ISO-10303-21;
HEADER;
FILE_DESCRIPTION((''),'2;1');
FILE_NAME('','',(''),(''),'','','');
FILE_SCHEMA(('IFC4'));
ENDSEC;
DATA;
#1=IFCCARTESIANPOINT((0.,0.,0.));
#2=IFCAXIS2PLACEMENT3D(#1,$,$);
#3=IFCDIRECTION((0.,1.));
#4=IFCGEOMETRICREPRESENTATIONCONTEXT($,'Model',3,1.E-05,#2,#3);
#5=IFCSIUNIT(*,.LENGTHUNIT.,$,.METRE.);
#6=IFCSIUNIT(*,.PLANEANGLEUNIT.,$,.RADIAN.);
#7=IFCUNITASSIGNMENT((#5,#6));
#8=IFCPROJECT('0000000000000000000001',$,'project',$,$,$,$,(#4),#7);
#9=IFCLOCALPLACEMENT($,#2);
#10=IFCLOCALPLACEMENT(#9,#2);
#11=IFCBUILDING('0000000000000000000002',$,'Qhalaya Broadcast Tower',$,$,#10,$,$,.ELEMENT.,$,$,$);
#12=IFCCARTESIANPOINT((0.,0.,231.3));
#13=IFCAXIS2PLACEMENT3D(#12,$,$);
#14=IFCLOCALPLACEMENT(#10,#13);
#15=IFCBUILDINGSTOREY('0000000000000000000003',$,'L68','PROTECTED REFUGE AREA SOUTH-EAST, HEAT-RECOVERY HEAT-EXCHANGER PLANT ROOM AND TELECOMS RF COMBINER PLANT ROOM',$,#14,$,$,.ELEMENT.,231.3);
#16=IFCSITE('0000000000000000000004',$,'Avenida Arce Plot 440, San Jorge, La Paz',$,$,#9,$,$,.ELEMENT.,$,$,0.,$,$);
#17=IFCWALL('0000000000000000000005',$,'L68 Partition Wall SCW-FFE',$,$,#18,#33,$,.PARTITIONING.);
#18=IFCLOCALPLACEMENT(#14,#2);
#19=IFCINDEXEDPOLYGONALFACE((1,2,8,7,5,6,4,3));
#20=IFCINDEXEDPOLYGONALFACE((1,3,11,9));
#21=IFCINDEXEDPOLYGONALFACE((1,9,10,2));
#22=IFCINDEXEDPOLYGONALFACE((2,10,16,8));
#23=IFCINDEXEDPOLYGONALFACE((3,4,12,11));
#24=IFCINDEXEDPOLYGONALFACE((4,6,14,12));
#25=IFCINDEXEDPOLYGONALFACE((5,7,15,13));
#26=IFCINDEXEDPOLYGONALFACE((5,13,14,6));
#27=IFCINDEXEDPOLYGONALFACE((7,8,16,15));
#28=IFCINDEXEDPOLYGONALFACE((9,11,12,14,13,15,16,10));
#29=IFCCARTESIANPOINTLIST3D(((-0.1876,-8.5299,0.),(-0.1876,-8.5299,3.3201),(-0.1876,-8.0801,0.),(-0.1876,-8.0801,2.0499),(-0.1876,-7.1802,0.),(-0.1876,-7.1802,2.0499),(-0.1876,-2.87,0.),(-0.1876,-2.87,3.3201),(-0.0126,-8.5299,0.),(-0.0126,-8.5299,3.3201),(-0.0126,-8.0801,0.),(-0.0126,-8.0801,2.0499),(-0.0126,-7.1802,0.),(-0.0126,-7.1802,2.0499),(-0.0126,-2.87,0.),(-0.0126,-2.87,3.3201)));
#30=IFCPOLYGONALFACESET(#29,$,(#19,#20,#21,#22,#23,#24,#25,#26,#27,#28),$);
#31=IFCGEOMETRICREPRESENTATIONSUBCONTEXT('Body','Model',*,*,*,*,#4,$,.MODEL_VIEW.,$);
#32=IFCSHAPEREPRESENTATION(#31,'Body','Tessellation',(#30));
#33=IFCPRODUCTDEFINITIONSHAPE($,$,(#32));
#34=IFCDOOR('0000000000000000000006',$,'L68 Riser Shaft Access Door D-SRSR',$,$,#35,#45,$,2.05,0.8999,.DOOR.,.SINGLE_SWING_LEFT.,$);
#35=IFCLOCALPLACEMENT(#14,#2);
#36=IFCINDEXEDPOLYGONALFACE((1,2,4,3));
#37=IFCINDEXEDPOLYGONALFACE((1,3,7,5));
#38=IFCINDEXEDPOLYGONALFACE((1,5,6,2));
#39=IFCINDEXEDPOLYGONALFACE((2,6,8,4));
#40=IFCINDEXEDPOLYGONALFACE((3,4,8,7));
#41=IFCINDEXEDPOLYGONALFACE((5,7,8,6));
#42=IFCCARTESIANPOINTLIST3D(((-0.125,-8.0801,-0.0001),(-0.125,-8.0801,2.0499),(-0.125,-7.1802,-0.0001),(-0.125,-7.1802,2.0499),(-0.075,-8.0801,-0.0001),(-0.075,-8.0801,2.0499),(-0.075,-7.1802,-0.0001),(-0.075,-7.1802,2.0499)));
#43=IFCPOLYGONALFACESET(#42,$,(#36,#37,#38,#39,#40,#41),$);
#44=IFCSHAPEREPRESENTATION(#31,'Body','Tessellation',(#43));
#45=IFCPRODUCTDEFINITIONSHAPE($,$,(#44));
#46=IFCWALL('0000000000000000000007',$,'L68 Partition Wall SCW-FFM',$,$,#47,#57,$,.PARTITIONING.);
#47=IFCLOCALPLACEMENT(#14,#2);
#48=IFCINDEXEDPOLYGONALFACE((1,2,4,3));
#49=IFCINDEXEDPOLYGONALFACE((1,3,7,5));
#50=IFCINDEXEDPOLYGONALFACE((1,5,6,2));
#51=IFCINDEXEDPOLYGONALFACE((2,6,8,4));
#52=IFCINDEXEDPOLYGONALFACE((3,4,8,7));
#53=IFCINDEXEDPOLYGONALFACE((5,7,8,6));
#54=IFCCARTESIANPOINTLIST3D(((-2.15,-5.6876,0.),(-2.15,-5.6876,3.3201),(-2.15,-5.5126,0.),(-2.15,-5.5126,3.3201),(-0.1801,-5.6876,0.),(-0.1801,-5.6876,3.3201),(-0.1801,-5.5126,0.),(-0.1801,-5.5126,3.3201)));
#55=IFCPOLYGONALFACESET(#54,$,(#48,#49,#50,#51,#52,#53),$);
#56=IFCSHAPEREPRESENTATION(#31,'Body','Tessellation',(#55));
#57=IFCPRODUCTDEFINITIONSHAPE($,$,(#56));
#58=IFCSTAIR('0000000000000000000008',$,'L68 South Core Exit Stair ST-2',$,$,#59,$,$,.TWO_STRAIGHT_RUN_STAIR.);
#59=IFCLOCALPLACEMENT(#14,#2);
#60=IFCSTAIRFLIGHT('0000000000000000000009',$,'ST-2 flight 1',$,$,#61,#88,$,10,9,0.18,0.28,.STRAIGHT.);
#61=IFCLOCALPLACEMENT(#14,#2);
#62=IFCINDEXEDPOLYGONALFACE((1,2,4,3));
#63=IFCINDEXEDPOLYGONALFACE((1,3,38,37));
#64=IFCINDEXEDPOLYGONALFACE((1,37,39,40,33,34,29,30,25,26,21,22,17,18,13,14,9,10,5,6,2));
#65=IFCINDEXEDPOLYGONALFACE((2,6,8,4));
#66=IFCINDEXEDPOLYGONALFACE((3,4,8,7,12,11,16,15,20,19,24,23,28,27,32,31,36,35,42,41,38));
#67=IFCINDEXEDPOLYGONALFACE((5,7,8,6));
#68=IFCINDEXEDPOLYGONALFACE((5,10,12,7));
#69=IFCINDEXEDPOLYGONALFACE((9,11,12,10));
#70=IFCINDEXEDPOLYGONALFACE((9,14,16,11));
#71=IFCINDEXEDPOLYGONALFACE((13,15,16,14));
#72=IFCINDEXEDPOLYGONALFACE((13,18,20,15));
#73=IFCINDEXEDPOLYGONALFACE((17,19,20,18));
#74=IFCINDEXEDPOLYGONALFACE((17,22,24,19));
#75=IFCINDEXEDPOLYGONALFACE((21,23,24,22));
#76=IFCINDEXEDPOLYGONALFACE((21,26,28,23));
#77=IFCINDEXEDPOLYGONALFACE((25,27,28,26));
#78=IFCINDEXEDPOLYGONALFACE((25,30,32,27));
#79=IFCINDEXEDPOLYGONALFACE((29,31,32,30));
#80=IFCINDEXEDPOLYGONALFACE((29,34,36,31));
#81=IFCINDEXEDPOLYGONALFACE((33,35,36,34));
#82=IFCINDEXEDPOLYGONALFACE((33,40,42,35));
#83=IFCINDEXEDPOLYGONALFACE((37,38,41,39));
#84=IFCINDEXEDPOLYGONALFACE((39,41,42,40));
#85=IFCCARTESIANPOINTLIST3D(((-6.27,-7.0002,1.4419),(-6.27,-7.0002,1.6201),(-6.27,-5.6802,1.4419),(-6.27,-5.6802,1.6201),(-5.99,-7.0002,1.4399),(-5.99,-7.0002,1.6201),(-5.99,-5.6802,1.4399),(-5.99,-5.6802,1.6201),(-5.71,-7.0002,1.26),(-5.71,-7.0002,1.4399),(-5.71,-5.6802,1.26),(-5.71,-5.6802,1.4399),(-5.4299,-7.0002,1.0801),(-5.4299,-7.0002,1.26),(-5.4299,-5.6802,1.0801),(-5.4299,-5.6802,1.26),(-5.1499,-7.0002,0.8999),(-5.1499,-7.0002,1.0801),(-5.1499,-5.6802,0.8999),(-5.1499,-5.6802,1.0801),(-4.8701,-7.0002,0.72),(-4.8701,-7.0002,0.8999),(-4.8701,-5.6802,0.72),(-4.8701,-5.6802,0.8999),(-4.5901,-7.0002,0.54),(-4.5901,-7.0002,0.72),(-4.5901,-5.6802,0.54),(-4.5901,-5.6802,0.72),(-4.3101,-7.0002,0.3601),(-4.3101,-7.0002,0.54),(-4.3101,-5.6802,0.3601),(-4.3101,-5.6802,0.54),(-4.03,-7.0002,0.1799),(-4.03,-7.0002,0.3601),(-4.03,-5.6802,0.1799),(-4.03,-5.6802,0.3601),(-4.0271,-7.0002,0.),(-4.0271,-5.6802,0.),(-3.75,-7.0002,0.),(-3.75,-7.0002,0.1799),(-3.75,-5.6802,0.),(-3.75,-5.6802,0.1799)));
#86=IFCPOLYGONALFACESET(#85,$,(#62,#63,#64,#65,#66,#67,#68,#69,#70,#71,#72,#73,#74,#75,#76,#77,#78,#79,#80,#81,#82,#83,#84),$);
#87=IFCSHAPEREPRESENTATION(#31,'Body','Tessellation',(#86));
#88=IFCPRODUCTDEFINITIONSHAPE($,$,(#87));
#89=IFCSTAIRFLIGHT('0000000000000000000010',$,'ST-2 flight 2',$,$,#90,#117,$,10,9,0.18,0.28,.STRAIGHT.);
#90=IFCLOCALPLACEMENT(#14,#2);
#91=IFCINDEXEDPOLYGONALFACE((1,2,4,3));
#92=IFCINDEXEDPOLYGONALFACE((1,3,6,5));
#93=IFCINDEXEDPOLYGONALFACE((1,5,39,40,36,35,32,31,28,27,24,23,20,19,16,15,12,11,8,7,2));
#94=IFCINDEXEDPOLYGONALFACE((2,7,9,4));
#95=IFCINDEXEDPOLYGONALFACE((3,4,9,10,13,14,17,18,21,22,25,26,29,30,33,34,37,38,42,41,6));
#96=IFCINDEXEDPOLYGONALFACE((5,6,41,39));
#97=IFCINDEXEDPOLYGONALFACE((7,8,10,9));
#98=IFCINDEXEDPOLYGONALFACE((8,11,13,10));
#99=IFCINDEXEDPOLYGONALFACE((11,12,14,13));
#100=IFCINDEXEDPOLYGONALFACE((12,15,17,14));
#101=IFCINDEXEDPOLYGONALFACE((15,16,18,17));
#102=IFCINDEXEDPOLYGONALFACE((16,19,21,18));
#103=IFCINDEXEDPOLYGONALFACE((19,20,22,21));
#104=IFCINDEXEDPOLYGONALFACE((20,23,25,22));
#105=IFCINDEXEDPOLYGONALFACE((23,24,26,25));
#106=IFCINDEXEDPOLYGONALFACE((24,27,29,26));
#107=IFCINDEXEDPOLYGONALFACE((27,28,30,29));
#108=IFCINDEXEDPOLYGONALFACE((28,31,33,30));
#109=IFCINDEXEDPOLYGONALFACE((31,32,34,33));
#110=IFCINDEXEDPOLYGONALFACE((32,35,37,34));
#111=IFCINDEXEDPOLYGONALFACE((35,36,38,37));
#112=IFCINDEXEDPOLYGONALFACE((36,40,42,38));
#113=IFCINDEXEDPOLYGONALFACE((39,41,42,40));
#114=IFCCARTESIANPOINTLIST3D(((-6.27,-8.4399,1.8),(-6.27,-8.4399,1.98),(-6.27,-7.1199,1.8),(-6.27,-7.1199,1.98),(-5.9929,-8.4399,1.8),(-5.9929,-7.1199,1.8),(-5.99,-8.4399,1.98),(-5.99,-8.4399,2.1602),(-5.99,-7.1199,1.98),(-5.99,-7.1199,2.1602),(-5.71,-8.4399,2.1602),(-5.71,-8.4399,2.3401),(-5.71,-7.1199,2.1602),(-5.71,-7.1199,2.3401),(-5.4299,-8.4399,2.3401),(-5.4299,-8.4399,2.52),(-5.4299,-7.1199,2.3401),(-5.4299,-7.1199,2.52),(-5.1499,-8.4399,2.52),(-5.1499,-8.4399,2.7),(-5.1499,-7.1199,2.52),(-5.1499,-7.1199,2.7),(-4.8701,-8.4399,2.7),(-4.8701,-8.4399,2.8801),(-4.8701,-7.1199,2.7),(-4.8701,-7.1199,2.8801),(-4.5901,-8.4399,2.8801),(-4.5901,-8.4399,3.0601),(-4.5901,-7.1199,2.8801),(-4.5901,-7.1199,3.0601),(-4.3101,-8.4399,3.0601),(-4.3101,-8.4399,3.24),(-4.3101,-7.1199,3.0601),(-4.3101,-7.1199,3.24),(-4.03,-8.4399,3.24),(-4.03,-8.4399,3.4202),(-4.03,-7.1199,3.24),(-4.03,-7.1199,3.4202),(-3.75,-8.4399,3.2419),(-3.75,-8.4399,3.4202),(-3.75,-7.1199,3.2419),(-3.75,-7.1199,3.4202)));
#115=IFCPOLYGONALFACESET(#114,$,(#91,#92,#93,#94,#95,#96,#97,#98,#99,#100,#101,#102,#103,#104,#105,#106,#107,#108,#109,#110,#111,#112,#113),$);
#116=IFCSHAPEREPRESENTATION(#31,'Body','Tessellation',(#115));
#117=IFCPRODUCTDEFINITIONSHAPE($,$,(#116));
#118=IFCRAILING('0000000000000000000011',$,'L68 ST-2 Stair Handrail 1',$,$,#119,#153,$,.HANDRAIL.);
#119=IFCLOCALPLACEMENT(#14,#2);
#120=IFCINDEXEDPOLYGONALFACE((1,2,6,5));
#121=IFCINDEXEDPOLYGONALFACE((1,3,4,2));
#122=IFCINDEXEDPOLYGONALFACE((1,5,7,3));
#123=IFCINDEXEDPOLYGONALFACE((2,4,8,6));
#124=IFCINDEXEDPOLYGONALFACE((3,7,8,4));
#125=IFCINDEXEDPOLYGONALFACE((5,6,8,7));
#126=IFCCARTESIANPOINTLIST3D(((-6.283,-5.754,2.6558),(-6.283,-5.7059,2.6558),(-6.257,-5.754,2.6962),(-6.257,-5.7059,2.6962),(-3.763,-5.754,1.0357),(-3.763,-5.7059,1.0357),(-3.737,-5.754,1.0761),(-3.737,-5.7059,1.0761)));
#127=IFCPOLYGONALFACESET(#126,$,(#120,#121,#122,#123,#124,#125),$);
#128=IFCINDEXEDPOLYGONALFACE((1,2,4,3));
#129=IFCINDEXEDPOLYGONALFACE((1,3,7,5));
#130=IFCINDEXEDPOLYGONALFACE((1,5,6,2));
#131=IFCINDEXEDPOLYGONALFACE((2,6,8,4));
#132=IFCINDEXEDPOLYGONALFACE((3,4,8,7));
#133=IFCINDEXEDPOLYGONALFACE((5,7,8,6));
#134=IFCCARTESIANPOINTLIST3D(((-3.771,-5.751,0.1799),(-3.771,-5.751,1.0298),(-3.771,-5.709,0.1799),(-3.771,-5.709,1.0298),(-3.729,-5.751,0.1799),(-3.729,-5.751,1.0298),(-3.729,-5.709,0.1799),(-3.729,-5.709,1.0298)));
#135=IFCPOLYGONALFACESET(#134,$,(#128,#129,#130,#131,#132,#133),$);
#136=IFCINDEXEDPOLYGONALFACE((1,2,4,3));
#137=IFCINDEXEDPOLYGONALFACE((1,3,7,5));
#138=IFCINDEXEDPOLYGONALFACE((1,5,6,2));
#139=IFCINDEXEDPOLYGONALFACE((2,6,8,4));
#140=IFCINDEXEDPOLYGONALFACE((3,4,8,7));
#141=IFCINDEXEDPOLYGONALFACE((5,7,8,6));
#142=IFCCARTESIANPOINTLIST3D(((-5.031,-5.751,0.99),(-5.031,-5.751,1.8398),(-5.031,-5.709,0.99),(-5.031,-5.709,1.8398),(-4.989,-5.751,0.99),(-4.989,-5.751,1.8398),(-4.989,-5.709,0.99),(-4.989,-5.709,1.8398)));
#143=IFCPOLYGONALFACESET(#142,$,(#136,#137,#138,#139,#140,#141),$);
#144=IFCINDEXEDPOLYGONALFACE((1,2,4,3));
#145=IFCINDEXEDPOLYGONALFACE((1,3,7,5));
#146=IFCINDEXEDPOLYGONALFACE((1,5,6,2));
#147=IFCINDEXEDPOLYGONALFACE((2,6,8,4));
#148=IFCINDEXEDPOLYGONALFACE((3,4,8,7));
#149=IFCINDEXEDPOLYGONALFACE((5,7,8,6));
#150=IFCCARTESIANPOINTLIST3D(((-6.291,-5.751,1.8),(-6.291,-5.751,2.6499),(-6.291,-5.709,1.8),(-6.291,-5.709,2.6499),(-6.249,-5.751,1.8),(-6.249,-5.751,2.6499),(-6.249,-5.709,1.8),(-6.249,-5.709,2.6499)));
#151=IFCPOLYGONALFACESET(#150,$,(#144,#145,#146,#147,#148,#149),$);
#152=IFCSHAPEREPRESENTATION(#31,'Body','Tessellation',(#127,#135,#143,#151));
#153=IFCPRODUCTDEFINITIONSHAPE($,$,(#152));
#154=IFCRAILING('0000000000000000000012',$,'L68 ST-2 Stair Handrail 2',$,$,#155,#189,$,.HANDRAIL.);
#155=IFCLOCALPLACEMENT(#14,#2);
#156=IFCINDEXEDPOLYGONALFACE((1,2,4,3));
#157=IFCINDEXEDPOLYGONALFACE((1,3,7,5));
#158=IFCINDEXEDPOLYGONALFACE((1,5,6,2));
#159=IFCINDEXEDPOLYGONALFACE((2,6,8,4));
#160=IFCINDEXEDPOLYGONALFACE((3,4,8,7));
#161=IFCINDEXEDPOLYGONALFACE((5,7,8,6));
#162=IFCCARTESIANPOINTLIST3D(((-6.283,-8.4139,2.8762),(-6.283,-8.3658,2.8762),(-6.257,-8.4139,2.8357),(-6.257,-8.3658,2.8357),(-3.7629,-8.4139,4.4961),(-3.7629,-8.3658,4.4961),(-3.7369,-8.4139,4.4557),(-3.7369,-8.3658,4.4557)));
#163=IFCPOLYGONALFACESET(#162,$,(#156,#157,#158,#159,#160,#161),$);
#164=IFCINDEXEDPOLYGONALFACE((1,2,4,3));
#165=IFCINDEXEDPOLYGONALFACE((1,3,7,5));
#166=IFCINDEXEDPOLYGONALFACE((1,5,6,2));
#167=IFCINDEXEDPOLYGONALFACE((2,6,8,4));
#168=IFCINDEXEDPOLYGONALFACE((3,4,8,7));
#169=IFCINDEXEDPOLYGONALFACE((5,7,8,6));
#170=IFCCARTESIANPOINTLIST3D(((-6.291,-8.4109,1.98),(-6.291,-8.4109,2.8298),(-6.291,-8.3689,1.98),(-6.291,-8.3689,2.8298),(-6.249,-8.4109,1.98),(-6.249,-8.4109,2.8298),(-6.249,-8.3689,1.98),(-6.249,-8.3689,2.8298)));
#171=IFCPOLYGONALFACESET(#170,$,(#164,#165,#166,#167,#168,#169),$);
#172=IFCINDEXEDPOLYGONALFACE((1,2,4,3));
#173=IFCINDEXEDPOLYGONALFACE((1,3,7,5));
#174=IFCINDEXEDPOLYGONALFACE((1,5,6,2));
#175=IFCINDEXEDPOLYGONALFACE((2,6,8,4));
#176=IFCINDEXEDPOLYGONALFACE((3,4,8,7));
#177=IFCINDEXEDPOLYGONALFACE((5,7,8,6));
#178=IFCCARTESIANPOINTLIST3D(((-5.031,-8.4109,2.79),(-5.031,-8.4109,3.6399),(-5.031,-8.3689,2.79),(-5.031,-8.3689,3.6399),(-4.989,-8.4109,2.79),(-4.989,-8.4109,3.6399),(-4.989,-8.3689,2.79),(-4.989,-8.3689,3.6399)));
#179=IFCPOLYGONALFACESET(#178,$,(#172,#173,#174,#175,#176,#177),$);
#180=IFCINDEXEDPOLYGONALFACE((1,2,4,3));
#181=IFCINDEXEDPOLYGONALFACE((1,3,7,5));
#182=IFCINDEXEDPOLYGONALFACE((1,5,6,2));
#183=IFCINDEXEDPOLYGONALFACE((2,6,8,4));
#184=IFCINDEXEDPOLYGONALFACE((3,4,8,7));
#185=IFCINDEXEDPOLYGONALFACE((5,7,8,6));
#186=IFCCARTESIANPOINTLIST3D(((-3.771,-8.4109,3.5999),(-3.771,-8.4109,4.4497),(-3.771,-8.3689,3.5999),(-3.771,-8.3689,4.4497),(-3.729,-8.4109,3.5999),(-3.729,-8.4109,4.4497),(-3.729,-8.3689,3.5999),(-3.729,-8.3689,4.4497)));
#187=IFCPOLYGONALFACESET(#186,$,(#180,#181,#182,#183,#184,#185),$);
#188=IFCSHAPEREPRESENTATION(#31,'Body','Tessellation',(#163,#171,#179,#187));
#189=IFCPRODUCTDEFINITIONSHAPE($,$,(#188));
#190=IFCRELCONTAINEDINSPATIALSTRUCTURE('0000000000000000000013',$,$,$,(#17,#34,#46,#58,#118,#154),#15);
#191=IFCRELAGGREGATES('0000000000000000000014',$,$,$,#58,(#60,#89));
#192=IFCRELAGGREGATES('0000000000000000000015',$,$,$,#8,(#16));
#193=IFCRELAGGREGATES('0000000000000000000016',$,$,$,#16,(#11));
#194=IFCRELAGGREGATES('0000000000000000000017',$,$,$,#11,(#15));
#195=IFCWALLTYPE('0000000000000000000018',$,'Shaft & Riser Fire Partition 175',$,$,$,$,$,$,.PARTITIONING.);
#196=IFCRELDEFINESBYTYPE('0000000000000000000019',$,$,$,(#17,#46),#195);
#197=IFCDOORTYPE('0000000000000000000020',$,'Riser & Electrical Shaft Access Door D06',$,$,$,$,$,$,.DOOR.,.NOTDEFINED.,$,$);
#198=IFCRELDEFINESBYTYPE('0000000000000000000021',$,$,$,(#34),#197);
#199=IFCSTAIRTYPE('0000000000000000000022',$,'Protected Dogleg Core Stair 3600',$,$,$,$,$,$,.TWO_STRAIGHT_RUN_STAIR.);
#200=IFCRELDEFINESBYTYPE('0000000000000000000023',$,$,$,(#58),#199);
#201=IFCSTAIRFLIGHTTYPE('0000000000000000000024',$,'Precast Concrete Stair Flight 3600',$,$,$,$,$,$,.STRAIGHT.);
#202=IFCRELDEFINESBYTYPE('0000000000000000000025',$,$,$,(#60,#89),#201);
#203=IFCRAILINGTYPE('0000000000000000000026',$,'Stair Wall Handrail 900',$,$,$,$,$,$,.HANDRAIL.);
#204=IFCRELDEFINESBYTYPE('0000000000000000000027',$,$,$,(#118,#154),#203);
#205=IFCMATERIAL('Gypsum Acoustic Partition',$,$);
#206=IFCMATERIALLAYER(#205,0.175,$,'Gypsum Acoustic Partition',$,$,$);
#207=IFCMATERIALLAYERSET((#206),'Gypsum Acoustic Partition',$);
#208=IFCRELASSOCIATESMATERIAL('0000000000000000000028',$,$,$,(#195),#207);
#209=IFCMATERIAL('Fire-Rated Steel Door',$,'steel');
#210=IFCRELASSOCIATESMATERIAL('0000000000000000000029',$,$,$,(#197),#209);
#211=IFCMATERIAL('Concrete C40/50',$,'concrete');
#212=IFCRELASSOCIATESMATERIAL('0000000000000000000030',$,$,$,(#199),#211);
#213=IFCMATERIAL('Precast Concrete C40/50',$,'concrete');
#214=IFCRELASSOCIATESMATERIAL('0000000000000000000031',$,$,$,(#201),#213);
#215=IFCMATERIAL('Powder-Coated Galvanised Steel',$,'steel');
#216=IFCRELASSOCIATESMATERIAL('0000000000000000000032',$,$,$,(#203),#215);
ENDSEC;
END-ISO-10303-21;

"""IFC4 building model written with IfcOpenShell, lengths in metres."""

from ifc_helpers import new_model, si_unit, direction, frame, frame_2d, origin, origin_2d, place, context, subcontext, project, spatial, polyline, rectangle, outline, extrude, material, layer, layer_set, type_object, element, fill, aggregate, save


model = new_model("IFC4")

# Units and contexts
model_context = context("Model", 3, precision=1e-05, world=origin(), true_north=direction((0.0, 1.0)))
body_context = subcontext(model_context, "Body", "Model", "MODEL_VIEW")
ifc_project = project(units=[si_unit("LENGTHUNIT", "METRE"), si_unit("PLANEANGLEUNIT", "RADIAN")], contexts=[model_context])

# Site, building, storey
site_placement = place(None, origin())
site = spatial("IfcSite", under=ifc_project, at=site_placement, Name="Avenida Arce Plot 440, San Jorge, La Paz", CompositionType="ELEMENT", RefElevation=0.0)
building_placement = place(site_placement, origin())
building = spatial("IfcBuilding", under=site, at=building_placement, Name="Qhalaya Broadcast Tower", CompositionType="ELEMENT")
storey_placement = place(building_placement, frame((0.0, 0.0, 231.3)))
storey = spatial("IfcBuildingStorey", under=building, at=storey_placement, Name="L68", Description="PROTECTED REFUGE AREA SOUTH-EAST, HEAT-RECOVERY HEAT-EXCHANGER PLANT ROOM AND TELECOMS RF COMBINER PLANT ROOM", CompositionType="ELEMENT", Elevation=231.3)

# Shared definitions
ifc_material_1 = material(Name="Gypsum Acoustic Partition")
ifc_material_2 = material(Name="Fire-Rated Steel Door", Category="steel")

# Wall, opening, door
ifc_layer_1 = layer(ifc_material_1, 0.175, Name="Gypsum Acoustic Partition")
ifc_layer_set_1 = layer_set([ifc_layer_1], Name="Gypsum Acoustic Partition")
wall_type_1 = type_object("IfcWallType", Name="Shaft & Riser Fire Partition 175", PredefinedType="PARTITIONING", material=ifc_layer_set_1)
wall_1_placement = place(storey_placement, frame((-0.1001, -8.53, 0.0), z_axis=(0.0, 0.0, 1.0), x_axis=(0.0, 1.0, 0.0)))
wall_1 = element("IfcWall", 1, at=wall_1_placement, inside=storey, type_object=wall_type_1, Name="L68 Partition Wall SCW-FFE", PredefinedType="PARTITIONING", context=body_context, shape_type="SweptSolid", body=[
    extrude(rectangle(XDim=5.6599, YDim=0.175, at=frame_2d((2.8301, 0.0))), origin(), (0.0, 0.0, 1.0), 3.3201),
])
opening_1_placement = place(wall_1_placement, frame((0.45, 0.0, 0.0)))
opening_1 = element("IfcOpeningElement", 2, at=opening_1_placement, cuts=wall_1, PredefinedType="OPENING", context=body_context, shape_type="SweptSolid", body=[
    extrude(rectangle(XDim=0.8999, YDim=2.05, at=frame_2d((0.45, 1.0249))), frame((0.0, 0.0996, 0.0), z_axis=(0.0, -1.0, 0.0), x_axis=(1.0, 0.0, 0.0)), (0.0, 0.0, 1.0), 0.199),
])
door_type_1 = type_object("IfcDoorType", Name="Riser & Electrical Shaft Access Door D06", OperationType="NOTDEFINED", PredefinedType="DOOR", material=ifc_material_2)
door_1_placement = place(opening_1_placement, origin())
door_1 = element("IfcDoor", 3, at=door_1_placement, inside=storey, type_object=door_type_1, Name="L68 Riser Shaft Access Door D-SRSR", OperationType="SINGLE_SWING_LEFT", OverallHeight=2.05, OverallWidth=0.8999, PredefinedType="DOOR", context=body_context, shape_type="SweptSolid", body=[
    extrude(rectangle(XDim=0.8999, YDim=2.05, at=frame_2d((0.45, 1.0249))), frame((0.0, 0.0249, 0.0), z_axis=(0.0, -1.0, 0.0), x_axis=(1.0, 0.0, 0.0)), (0.0, 0.0, 1.0), 0.05),
])
fill(opening_1, door_1)

# Wall
wall_2_placement = place(storey_placement, frame((-2.1499, -5.6001, 0.0), z_axis=(0.0, 0.0, 1.0), x_axis=(1.0, 0.0, 0.0)))
element("IfcWall", 4, at=wall_2_placement, inside=storey, type_object=wall_type_1, Name="L68 Partition Wall SCW-FFM", PredefinedType="PARTITIONING", context=body_context, shape_type="SweptSolid", body=[
    extrude(rectangle(XDim=1.97, YDim=0.175, at=frame_2d((0.9849, 0.0))), origin(), (0.0, 0.0, 1.0), 3.3201),
])

# Stair, stair flights
ifc_material_3 = material(Name="Concrete C40/50", Category="concrete")
stair_type = type_object("IfcStairType", Name="Protected Dogleg Core Stair 3600", PredefinedType="TWO_STRAIGHT_RUN_STAIR", material=ifc_material_3)
stair_placement = place(storey_placement, origin())
stair = element("IfcStair", 5, at=stair_placement, inside=storey, type_object=stair_type, Name="L68 South Core Exit Stair ST-2", PredefinedType="TWO_STRAIGHT_RUN_STAIR")
ifc_material_4 = material(Name="Precast Concrete C40/50", Category="concrete")
stair_flight_type = type_object("IfcStairFlightType", Name="Precast Concrete Stair Flight 3600", PredefinedType="STRAIGHT", material=ifc_material_4)
stair_flight_1_placement = place(storey_placement, frame((-3.75, -6.3401, 0.0), z_axis=(0.0, 0.0, 1.0), x_axis=(-1.0, 0.0, 0.0)))
stair_flight_1 = element("IfcStairFlight", 6, at=stair_flight_1_placement, type_object=stair_flight_type, Name="ST-2 flight 1", NumberOfRisers=10, NumberOfTreads=9, PredefinedType="STRAIGHT", RiserHeight=0.18, TreadLength=0.28, context=body_context, shape_type="SweptSolid", body=[
    extrude(outline(polyline([(0.0, 0.0), (0.0, 0.1799), (0.28, 0.1799), (0.28, 0.3601), (0.5601, 0.3601), (0.5601, 0.54), (0.8401, 0.54), (0.8401, 0.72), (1.1201, 0.72), (1.1201, 0.8999), (1.3999, 0.8999), (1.3999, 1.0801), (1.6799, 1.0801), (1.6799, 1.26), (1.96, 1.26), (1.96, 1.4399), (2.24, 1.4399), (2.24, 1.6201), (2.52, 1.6201), (2.52, 1.8), (2.52, 1.4419), (0.2771, 0.0), (0.0, 0.0)])), frame((0.0, 0.6602, 0.0), z_axis=(0.0, -1.0, 0.0), x_axis=(1.0, 0.0, 0.0)), (0.0, 0.0, 1.0), 1.3201),
])
stair_flight_2_placement = place(storey_placement, frame((-6.27, -7.78, 1.8), z_axis=(0.0, 0.0, 1.0), x_axis=(1.0, 0.0, 0.0)))
stair_flight_2 = element("IfcStairFlight", 7, at=stair_flight_2_placement, type_object=stair_flight_type, Name="ST-2 flight 2", NumberOfRisers=10, NumberOfTreads=9, PredefinedType="STRAIGHT", RiserHeight=0.18, TreadLength=0.28, context=body_context, shape_type="SweptSolid", body=[
    extrude(outline(polyline([(0.0, 0.0), (0.0, 0.1799), (0.28, 0.1799), (0.28, 0.3601), (0.5601, 0.3601), (0.5601, 0.54), (0.8401, 0.54), (0.8401, 0.72), (1.1201, 0.72), (1.1201, 0.8999), (1.3999, 0.8999), (1.3999, 1.0801), (1.6799, 1.0801), (1.6799, 1.26), (1.96, 1.26), (1.96, 1.4399), (2.24, 1.4399), (2.24, 1.6201), (2.52, 1.6201), (2.52, 1.8), (2.52, 1.4419), (0.2771, 0.0), (0.0, 0.0)])), frame((0.0, 0.6602, 0.0), z_axis=(0.0, -1.0, 0.0), x_axis=(1.0, 0.0, 0.0)), (0.0, 0.0, 1.0), 1.3201),
])
aggregate(stair, [stair_flight_1, stair_flight_2])

# Railings
ifc_material_5 = material(Name="Powder-Coated Galvanised Steel", Category="steel")
railing_type_1 = type_object("IfcRailingType", Name="Stair Wall Handrail 900", PredefinedType="HANDRAIL", material=ifc_material_5)
railing_1_placement = place(storey_placement, frame((-3.75, -5.73, 0.1799)))
element("IfcRailing", 8, at=railing_1_placement, inside=storey, type_object=railing_type_1, Name="L68 ST-2 Stair Handrail 1", PredefinedType="HANDRAIL", context=body_context, shape_type="SweptSolid", body=[
    extrude(rectangle(XDim=0.0481, YDim=0.0481, at=origin_2d()), frame((0.0, 0.0, 0.876), z_axis=(-0.841163, 0.0, 0.540782), x_axis=(0.0, -1.0, 0.0)), (0.0, 0.0, 1.0), 2.9958),
    extrude(rectangle(XDim=0.042, YDim=0.042, at=origin_2d()), origin(), (0.0, 0.0, 1.0), 0.8499),
    extrude(rectangle(XDim=0.042, YDim=0.042, at=origin_2d()), frame((-1.26, 0.0, 0.8101)), (0.0, 0.0, 1.0), 0.8499),
    extrude(rectangle(XDim=0.042, YDim=0.042, at=origin_2d()), frame((-2.52, 0.0, 1.6201)), (0.0, 0.0, 1.0), 0.8499),
])
railing_2_placement = place(storey_placement, frame((-6.27, -8.3899, 1.98)))
element("IfcRailing", 9, at=railing_2_placement, inside=storey, type_object=railing_type_1, Name="L68 ST-2 Stair Handrail 2", PredefinedType="HANDRAIL", context=body_context, shape_type="SweptSolid", body=[
    extrude(rectangle(XDim=0.0481, YDim=0.0481, at=origin_2d()), frame((0.0, 0.0, 0.876), z_axis=(0.8412, 0.0, 0.540725), x_axis=(0.0, 1.0, 0.0)), (0.0, 0.0, 1.0), 2.9958),
    extrude(rectangle(XDim=0.042, YDim=0.042, at=origin_2d()), origin(), (0.0, 0.0, 1.0), 0.8499),
    extrude(rectangle(XDim=0.042, YDim=0.042, at=origin_2d()), frame((1.26, 0.0, 0.8101)), (0.0, 0.0, 1.0), 0.8499),
    extrude(rectangle(XDim=0.042, YDim=0.042, at=origin_2d()), frame((2.52, 0.0, 1.6199)), (0.0, 0.0, 1.0), 0.8499),
])

save(model, "model.ifc")
